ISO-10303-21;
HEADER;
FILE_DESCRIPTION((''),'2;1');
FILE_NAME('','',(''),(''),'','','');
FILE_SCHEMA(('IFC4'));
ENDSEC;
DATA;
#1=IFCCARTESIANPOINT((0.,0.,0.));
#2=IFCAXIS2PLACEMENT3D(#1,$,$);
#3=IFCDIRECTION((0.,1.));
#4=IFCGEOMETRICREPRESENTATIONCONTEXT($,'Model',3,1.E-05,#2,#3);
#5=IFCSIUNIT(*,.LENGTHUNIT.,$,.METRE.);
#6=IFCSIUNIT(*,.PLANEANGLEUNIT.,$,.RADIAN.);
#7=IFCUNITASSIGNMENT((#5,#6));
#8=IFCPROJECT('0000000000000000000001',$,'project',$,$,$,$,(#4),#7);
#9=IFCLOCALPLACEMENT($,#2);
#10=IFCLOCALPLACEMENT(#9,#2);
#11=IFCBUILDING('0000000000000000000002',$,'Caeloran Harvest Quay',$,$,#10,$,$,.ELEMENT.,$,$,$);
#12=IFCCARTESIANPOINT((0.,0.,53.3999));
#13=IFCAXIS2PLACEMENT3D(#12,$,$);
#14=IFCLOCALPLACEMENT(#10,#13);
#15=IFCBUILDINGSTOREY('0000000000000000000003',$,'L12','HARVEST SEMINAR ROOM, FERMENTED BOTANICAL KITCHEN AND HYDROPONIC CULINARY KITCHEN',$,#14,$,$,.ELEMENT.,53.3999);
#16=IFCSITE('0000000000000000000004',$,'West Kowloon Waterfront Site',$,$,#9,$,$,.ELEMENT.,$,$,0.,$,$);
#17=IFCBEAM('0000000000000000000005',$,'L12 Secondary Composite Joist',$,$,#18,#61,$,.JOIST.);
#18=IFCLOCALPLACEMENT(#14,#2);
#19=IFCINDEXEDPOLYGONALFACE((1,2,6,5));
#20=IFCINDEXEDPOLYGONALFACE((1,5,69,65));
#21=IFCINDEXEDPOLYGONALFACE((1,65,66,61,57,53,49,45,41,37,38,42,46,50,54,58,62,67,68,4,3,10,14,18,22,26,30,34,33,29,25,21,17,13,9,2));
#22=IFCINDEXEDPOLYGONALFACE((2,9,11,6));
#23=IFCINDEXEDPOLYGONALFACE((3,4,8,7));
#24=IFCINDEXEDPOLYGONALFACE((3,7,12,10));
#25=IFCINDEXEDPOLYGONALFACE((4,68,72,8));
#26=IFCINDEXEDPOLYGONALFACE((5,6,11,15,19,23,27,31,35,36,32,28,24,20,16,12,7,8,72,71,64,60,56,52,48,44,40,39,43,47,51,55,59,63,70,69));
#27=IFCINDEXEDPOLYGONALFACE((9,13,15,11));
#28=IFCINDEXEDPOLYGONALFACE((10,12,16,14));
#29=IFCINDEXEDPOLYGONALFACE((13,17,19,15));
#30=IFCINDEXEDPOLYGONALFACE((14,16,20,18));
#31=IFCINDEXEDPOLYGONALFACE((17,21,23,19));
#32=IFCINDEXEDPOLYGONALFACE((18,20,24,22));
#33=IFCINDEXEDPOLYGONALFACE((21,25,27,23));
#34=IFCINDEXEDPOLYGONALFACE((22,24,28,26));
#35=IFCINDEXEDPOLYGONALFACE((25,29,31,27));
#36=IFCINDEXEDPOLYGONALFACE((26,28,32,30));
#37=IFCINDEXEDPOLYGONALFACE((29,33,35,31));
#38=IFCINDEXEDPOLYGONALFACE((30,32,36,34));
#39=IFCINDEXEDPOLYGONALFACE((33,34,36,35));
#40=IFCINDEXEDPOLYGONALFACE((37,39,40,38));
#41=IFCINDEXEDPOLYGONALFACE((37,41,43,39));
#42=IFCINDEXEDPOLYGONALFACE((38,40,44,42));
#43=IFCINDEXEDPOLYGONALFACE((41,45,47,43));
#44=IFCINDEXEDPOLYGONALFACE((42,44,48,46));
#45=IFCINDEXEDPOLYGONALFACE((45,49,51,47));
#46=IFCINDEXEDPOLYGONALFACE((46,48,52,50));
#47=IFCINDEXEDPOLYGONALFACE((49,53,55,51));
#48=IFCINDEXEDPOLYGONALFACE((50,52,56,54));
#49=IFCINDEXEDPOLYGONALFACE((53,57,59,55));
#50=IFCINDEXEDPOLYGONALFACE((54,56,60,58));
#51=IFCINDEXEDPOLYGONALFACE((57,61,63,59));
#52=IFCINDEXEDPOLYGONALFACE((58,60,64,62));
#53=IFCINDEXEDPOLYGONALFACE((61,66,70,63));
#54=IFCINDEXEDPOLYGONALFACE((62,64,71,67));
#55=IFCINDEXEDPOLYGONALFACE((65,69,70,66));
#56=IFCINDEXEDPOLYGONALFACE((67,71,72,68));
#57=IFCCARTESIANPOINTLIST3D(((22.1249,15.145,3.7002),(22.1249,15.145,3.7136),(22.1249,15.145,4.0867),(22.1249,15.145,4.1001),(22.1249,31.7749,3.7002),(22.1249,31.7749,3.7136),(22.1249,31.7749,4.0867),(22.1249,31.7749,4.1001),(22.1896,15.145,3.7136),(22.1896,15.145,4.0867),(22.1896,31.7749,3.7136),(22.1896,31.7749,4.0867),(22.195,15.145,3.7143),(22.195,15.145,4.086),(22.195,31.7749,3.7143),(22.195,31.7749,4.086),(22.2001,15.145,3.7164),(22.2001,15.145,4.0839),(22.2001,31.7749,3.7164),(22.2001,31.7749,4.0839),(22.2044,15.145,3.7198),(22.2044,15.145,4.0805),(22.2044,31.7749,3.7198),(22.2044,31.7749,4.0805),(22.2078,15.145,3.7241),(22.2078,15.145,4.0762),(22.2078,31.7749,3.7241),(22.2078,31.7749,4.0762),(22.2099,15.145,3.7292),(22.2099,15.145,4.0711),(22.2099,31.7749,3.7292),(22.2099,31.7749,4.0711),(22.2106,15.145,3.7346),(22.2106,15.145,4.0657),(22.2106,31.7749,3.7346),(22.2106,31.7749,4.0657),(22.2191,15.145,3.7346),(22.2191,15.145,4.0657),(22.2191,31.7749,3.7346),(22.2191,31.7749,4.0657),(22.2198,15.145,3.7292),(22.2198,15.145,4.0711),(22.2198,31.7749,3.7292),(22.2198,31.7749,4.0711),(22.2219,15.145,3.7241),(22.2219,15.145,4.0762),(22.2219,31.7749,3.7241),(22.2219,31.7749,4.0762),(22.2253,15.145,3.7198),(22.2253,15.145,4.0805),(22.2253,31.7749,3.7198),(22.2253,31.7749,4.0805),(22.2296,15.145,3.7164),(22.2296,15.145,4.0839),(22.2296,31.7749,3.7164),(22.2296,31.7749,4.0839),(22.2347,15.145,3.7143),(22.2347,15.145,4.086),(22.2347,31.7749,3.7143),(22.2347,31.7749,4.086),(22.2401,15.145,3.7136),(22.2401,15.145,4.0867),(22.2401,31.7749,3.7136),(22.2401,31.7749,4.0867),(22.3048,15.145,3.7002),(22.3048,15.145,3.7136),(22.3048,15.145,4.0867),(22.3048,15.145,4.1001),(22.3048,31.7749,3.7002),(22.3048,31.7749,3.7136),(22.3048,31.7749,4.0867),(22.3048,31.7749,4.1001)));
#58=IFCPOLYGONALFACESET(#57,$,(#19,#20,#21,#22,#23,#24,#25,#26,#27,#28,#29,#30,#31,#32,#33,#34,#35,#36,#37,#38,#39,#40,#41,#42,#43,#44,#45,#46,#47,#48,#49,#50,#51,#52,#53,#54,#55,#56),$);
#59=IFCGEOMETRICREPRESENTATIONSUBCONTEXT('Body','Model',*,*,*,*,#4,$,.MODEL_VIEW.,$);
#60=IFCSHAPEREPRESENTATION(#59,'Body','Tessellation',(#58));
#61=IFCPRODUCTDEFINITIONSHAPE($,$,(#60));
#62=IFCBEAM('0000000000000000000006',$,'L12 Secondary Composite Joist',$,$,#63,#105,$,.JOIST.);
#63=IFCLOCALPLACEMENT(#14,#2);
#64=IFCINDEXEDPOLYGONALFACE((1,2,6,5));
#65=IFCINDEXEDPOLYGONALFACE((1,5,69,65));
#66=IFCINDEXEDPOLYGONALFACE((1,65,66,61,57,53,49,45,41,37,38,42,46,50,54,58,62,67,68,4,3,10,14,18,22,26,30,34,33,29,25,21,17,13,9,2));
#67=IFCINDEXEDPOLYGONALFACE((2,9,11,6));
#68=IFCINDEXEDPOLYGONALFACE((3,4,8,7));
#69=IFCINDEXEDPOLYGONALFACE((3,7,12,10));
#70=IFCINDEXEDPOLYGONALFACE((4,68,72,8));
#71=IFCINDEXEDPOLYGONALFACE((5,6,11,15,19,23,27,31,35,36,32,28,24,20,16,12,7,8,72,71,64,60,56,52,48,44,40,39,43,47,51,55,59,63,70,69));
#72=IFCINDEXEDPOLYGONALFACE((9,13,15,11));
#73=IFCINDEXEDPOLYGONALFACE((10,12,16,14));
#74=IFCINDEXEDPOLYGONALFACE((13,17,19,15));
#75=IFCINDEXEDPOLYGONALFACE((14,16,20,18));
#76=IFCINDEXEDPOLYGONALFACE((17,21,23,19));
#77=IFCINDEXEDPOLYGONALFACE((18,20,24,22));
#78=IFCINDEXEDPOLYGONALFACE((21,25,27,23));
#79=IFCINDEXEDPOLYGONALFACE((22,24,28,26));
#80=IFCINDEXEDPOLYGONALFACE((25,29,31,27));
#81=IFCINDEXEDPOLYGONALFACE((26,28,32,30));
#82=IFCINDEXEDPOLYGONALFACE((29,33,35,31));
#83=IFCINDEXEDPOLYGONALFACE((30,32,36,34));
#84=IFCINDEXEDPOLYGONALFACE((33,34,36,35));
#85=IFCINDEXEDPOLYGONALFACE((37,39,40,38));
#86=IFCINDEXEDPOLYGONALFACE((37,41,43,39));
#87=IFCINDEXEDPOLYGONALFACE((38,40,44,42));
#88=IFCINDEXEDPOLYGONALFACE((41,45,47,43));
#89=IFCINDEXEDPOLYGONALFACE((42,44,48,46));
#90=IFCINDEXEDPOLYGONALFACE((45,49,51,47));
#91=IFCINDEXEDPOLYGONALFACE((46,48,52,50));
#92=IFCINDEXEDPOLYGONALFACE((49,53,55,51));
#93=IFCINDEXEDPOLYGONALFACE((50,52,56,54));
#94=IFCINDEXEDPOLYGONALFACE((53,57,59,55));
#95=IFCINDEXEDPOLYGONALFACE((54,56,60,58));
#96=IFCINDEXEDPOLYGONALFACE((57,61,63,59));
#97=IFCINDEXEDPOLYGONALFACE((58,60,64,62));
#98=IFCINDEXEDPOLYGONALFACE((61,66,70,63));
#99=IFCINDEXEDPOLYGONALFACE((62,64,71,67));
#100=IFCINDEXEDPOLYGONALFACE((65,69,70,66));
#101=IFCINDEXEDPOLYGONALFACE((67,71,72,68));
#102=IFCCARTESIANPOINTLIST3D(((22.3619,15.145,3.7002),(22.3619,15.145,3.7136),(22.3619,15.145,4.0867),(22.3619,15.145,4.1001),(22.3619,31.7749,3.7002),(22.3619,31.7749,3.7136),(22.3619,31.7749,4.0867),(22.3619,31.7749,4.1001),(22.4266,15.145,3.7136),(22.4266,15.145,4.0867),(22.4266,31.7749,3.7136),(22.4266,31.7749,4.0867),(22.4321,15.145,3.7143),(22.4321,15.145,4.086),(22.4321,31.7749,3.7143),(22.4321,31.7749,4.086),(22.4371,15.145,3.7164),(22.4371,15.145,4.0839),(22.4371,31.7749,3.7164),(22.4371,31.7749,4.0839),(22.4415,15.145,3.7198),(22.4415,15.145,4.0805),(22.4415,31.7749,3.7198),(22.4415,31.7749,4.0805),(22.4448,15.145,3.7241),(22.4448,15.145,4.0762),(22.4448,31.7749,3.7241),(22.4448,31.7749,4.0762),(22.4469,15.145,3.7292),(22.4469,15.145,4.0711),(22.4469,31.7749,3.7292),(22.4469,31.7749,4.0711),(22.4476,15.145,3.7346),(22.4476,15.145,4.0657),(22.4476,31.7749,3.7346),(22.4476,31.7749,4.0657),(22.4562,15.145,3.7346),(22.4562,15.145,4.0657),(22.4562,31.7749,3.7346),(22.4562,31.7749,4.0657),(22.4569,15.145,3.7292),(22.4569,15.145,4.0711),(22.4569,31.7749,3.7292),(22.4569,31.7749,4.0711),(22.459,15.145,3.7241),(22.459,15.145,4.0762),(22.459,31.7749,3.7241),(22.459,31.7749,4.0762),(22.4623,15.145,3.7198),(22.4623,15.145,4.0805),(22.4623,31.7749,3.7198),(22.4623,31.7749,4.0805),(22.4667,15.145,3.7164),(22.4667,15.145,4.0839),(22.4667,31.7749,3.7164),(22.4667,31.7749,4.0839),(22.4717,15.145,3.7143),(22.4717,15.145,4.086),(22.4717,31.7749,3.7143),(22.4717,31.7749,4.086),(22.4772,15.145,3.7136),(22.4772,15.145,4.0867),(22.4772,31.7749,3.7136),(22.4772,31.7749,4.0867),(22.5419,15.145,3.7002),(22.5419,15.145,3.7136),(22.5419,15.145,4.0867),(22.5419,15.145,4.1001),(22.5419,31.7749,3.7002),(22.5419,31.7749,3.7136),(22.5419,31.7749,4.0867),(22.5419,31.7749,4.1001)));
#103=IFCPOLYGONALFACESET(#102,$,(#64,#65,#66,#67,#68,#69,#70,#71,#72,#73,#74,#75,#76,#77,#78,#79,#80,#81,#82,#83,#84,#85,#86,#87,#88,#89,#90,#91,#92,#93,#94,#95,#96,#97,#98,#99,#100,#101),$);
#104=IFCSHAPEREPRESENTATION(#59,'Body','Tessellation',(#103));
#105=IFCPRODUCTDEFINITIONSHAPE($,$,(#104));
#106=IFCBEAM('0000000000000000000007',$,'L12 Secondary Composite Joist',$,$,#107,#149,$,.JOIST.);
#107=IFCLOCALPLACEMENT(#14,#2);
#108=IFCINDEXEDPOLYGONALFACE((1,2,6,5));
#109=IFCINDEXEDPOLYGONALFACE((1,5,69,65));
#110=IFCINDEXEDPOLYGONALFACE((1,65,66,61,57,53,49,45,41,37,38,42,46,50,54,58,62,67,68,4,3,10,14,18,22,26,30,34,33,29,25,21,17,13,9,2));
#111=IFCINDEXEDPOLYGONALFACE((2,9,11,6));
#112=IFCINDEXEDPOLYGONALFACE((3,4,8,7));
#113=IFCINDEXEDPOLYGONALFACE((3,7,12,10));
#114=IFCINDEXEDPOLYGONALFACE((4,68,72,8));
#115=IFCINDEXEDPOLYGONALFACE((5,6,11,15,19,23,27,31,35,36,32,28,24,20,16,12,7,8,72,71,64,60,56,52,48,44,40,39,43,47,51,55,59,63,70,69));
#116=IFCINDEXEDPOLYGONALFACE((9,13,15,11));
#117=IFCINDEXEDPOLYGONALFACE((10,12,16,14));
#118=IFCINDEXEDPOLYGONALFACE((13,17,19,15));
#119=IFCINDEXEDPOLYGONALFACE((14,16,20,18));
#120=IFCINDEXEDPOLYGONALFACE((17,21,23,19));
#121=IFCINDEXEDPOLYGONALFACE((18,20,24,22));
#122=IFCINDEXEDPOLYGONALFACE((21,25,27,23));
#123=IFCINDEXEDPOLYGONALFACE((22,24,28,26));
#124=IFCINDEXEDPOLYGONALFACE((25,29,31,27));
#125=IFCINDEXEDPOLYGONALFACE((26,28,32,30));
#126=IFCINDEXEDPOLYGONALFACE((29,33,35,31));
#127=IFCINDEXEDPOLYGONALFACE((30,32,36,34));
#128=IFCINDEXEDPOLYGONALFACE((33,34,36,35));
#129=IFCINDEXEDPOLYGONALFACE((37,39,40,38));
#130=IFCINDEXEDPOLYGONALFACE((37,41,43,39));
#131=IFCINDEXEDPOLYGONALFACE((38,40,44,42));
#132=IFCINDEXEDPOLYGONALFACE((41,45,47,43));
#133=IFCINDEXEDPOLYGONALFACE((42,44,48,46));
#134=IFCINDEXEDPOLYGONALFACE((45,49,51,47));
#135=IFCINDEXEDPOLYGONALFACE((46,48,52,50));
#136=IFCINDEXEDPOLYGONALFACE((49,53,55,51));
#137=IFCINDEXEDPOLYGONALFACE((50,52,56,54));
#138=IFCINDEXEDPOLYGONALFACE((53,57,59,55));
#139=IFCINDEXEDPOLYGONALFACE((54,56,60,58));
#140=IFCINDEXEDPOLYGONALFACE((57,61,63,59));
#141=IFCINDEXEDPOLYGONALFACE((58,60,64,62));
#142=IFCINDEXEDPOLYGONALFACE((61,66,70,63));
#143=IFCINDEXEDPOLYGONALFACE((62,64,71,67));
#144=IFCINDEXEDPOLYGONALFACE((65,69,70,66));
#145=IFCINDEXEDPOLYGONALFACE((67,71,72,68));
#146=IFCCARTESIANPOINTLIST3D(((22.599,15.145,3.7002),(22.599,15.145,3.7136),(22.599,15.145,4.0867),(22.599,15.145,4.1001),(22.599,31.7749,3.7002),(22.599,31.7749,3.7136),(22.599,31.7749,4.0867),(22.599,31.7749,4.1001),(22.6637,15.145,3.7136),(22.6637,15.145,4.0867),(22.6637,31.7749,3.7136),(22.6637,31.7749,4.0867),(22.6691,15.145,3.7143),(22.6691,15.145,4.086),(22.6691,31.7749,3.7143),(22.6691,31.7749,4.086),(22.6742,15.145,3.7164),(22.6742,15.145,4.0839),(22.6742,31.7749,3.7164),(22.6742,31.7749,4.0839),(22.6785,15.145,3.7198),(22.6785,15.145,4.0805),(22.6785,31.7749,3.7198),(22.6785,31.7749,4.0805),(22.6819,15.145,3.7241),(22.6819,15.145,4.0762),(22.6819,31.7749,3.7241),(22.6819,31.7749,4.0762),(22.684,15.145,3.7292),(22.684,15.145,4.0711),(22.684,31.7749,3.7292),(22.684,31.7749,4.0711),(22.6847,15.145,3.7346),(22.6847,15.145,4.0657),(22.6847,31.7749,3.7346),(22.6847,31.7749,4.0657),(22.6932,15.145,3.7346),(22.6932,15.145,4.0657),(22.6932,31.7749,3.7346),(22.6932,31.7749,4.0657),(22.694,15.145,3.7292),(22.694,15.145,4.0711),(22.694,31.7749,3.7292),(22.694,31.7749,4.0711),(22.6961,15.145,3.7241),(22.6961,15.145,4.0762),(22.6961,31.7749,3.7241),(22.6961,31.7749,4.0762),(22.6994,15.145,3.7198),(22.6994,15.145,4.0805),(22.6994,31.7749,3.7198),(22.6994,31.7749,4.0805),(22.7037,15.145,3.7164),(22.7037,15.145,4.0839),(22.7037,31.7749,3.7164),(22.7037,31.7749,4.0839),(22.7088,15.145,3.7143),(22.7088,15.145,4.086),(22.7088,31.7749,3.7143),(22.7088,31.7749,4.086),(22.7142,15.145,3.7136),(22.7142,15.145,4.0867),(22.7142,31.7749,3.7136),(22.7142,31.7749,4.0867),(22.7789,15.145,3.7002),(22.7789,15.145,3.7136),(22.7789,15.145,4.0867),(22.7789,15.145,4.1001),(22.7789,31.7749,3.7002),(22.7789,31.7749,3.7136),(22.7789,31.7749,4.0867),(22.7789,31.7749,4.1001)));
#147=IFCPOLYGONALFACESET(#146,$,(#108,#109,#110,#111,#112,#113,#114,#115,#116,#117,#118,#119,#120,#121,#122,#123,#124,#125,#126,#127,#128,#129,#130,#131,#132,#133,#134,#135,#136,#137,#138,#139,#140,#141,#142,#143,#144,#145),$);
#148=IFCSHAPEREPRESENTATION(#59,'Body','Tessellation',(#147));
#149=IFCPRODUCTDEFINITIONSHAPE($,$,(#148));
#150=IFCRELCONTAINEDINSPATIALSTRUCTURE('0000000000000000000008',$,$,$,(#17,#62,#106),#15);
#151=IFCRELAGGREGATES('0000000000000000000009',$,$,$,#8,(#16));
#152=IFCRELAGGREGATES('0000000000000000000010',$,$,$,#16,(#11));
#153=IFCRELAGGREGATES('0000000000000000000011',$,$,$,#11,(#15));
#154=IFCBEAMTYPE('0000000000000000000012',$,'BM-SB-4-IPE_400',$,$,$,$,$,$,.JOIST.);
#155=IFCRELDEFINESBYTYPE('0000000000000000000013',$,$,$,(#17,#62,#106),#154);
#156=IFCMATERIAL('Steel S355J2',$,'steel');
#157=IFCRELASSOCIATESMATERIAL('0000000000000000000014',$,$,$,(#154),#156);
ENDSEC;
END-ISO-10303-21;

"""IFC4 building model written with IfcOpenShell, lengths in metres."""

from ifc_helpers import new_model, si_unit, direction, frame, origin, origin_2d, place, context, subcontext, project, spatial, i_section, extrude, material, material_profile, profile_set, type_object, element, save


model = new_model("IFC4")

# Units and contexts
model_context = context("Model", 3, precision=1e-05, world=origin(), true_north=direction((0.0, 1.0)))
body_context = subcontext(model_context, "Body", "Model", "MODEL_VIEW")
ifc_project = project(units=[si_unit("LENGTHUNIT", "METRE"), si_unit("PLANEANGLEUNIT", "RADIAN")], contexts=[model_context])

# Site, building, storey
site_placement = place(None, origin())
site = spatial("IfcSite", under=ifc_project, at=site_placement, Name="West Kowloon Waterfront Site", CompositionType="ELEMENT", RefElevation=0.0)
building_placement = place(site_placement, origin())
building = spatial("IfcBuilding", under=site, at=building_placement, Name="Caeloran Harvest Quay", CompositionType="ELEMENT")
storey_placement = place(building_placement, frame((0.0, 0.0, 53.3999)))
storey = spatial("IfcBuildingStorey", under=building, at=storey_placement, Name="L12", Description="HARVEST SEMINAR ROOM, FERMENTED BOTANICAL KITCHEN AND HYDROPONIC CULINARY KITCHEN", CompositionType="ELEMENT", Elevation=53.3999)

# Beams
ifc_material_1 = material(Name="Steel S355J2", Category="steel")
ifc_material_profile_1 = material_profile(ifc_material_1, i_section(OverallWidth=0.1799, OverallDepth=0.3999, WebThickness=0.0085, FlangeThickness=0.0134, FilletRadius=0.021, at=origin_2d()), Name="IPE 400")
ifc_profile_set_1 = profile_set([ifc_material_profile_1], Name="Steel S355J2")
beam_type_1 = type_object("IfcBeamType", Name="BM-SB-4-IPE_400", PredefinedType="JOIST", material=ifc_profile_set_1)
for number, where, z_axis, x_axis, name in (
    (1, (22.2148, 15.145, 3.9001), (0.0, 1.0, 0.0), (-1.0, 0.0, 0.0), "L12 Secondary Composite Joist"),
    (2, (22.4519, 15.145, 3.9001), (0.0, 1.0, 0.0), (-1.0, 0.0, 0.0), "L12 Secondary Composite Joist"),
    (3, (22.689, 15.145, 3.9001), (0.0, 1.0, 0.0), (-1.0, 0.0, 0.0), "L12 Secondary Composite Joist"),
):
    element("IfcBeam", number, at=place(storey_placement, frame(where, z_axis=z_axis, x_axis=x_axis)), inside=storey, type_object=beam_type_1, Name=name, PredefinedType="JOIST", context=body_context, shape_type="SweptSolid", body=[
        extrude(i_section(OverallWidth=0.1799, OverallDepth=0.3999, WebThickness=0.0085, FlangeThickness=0.0134, FilletRadius=0.021, at=origin_2d()), origin(), (0.0, 0.0, 1.0), 16.6299),
    ])

save(model, "model.ifc")
